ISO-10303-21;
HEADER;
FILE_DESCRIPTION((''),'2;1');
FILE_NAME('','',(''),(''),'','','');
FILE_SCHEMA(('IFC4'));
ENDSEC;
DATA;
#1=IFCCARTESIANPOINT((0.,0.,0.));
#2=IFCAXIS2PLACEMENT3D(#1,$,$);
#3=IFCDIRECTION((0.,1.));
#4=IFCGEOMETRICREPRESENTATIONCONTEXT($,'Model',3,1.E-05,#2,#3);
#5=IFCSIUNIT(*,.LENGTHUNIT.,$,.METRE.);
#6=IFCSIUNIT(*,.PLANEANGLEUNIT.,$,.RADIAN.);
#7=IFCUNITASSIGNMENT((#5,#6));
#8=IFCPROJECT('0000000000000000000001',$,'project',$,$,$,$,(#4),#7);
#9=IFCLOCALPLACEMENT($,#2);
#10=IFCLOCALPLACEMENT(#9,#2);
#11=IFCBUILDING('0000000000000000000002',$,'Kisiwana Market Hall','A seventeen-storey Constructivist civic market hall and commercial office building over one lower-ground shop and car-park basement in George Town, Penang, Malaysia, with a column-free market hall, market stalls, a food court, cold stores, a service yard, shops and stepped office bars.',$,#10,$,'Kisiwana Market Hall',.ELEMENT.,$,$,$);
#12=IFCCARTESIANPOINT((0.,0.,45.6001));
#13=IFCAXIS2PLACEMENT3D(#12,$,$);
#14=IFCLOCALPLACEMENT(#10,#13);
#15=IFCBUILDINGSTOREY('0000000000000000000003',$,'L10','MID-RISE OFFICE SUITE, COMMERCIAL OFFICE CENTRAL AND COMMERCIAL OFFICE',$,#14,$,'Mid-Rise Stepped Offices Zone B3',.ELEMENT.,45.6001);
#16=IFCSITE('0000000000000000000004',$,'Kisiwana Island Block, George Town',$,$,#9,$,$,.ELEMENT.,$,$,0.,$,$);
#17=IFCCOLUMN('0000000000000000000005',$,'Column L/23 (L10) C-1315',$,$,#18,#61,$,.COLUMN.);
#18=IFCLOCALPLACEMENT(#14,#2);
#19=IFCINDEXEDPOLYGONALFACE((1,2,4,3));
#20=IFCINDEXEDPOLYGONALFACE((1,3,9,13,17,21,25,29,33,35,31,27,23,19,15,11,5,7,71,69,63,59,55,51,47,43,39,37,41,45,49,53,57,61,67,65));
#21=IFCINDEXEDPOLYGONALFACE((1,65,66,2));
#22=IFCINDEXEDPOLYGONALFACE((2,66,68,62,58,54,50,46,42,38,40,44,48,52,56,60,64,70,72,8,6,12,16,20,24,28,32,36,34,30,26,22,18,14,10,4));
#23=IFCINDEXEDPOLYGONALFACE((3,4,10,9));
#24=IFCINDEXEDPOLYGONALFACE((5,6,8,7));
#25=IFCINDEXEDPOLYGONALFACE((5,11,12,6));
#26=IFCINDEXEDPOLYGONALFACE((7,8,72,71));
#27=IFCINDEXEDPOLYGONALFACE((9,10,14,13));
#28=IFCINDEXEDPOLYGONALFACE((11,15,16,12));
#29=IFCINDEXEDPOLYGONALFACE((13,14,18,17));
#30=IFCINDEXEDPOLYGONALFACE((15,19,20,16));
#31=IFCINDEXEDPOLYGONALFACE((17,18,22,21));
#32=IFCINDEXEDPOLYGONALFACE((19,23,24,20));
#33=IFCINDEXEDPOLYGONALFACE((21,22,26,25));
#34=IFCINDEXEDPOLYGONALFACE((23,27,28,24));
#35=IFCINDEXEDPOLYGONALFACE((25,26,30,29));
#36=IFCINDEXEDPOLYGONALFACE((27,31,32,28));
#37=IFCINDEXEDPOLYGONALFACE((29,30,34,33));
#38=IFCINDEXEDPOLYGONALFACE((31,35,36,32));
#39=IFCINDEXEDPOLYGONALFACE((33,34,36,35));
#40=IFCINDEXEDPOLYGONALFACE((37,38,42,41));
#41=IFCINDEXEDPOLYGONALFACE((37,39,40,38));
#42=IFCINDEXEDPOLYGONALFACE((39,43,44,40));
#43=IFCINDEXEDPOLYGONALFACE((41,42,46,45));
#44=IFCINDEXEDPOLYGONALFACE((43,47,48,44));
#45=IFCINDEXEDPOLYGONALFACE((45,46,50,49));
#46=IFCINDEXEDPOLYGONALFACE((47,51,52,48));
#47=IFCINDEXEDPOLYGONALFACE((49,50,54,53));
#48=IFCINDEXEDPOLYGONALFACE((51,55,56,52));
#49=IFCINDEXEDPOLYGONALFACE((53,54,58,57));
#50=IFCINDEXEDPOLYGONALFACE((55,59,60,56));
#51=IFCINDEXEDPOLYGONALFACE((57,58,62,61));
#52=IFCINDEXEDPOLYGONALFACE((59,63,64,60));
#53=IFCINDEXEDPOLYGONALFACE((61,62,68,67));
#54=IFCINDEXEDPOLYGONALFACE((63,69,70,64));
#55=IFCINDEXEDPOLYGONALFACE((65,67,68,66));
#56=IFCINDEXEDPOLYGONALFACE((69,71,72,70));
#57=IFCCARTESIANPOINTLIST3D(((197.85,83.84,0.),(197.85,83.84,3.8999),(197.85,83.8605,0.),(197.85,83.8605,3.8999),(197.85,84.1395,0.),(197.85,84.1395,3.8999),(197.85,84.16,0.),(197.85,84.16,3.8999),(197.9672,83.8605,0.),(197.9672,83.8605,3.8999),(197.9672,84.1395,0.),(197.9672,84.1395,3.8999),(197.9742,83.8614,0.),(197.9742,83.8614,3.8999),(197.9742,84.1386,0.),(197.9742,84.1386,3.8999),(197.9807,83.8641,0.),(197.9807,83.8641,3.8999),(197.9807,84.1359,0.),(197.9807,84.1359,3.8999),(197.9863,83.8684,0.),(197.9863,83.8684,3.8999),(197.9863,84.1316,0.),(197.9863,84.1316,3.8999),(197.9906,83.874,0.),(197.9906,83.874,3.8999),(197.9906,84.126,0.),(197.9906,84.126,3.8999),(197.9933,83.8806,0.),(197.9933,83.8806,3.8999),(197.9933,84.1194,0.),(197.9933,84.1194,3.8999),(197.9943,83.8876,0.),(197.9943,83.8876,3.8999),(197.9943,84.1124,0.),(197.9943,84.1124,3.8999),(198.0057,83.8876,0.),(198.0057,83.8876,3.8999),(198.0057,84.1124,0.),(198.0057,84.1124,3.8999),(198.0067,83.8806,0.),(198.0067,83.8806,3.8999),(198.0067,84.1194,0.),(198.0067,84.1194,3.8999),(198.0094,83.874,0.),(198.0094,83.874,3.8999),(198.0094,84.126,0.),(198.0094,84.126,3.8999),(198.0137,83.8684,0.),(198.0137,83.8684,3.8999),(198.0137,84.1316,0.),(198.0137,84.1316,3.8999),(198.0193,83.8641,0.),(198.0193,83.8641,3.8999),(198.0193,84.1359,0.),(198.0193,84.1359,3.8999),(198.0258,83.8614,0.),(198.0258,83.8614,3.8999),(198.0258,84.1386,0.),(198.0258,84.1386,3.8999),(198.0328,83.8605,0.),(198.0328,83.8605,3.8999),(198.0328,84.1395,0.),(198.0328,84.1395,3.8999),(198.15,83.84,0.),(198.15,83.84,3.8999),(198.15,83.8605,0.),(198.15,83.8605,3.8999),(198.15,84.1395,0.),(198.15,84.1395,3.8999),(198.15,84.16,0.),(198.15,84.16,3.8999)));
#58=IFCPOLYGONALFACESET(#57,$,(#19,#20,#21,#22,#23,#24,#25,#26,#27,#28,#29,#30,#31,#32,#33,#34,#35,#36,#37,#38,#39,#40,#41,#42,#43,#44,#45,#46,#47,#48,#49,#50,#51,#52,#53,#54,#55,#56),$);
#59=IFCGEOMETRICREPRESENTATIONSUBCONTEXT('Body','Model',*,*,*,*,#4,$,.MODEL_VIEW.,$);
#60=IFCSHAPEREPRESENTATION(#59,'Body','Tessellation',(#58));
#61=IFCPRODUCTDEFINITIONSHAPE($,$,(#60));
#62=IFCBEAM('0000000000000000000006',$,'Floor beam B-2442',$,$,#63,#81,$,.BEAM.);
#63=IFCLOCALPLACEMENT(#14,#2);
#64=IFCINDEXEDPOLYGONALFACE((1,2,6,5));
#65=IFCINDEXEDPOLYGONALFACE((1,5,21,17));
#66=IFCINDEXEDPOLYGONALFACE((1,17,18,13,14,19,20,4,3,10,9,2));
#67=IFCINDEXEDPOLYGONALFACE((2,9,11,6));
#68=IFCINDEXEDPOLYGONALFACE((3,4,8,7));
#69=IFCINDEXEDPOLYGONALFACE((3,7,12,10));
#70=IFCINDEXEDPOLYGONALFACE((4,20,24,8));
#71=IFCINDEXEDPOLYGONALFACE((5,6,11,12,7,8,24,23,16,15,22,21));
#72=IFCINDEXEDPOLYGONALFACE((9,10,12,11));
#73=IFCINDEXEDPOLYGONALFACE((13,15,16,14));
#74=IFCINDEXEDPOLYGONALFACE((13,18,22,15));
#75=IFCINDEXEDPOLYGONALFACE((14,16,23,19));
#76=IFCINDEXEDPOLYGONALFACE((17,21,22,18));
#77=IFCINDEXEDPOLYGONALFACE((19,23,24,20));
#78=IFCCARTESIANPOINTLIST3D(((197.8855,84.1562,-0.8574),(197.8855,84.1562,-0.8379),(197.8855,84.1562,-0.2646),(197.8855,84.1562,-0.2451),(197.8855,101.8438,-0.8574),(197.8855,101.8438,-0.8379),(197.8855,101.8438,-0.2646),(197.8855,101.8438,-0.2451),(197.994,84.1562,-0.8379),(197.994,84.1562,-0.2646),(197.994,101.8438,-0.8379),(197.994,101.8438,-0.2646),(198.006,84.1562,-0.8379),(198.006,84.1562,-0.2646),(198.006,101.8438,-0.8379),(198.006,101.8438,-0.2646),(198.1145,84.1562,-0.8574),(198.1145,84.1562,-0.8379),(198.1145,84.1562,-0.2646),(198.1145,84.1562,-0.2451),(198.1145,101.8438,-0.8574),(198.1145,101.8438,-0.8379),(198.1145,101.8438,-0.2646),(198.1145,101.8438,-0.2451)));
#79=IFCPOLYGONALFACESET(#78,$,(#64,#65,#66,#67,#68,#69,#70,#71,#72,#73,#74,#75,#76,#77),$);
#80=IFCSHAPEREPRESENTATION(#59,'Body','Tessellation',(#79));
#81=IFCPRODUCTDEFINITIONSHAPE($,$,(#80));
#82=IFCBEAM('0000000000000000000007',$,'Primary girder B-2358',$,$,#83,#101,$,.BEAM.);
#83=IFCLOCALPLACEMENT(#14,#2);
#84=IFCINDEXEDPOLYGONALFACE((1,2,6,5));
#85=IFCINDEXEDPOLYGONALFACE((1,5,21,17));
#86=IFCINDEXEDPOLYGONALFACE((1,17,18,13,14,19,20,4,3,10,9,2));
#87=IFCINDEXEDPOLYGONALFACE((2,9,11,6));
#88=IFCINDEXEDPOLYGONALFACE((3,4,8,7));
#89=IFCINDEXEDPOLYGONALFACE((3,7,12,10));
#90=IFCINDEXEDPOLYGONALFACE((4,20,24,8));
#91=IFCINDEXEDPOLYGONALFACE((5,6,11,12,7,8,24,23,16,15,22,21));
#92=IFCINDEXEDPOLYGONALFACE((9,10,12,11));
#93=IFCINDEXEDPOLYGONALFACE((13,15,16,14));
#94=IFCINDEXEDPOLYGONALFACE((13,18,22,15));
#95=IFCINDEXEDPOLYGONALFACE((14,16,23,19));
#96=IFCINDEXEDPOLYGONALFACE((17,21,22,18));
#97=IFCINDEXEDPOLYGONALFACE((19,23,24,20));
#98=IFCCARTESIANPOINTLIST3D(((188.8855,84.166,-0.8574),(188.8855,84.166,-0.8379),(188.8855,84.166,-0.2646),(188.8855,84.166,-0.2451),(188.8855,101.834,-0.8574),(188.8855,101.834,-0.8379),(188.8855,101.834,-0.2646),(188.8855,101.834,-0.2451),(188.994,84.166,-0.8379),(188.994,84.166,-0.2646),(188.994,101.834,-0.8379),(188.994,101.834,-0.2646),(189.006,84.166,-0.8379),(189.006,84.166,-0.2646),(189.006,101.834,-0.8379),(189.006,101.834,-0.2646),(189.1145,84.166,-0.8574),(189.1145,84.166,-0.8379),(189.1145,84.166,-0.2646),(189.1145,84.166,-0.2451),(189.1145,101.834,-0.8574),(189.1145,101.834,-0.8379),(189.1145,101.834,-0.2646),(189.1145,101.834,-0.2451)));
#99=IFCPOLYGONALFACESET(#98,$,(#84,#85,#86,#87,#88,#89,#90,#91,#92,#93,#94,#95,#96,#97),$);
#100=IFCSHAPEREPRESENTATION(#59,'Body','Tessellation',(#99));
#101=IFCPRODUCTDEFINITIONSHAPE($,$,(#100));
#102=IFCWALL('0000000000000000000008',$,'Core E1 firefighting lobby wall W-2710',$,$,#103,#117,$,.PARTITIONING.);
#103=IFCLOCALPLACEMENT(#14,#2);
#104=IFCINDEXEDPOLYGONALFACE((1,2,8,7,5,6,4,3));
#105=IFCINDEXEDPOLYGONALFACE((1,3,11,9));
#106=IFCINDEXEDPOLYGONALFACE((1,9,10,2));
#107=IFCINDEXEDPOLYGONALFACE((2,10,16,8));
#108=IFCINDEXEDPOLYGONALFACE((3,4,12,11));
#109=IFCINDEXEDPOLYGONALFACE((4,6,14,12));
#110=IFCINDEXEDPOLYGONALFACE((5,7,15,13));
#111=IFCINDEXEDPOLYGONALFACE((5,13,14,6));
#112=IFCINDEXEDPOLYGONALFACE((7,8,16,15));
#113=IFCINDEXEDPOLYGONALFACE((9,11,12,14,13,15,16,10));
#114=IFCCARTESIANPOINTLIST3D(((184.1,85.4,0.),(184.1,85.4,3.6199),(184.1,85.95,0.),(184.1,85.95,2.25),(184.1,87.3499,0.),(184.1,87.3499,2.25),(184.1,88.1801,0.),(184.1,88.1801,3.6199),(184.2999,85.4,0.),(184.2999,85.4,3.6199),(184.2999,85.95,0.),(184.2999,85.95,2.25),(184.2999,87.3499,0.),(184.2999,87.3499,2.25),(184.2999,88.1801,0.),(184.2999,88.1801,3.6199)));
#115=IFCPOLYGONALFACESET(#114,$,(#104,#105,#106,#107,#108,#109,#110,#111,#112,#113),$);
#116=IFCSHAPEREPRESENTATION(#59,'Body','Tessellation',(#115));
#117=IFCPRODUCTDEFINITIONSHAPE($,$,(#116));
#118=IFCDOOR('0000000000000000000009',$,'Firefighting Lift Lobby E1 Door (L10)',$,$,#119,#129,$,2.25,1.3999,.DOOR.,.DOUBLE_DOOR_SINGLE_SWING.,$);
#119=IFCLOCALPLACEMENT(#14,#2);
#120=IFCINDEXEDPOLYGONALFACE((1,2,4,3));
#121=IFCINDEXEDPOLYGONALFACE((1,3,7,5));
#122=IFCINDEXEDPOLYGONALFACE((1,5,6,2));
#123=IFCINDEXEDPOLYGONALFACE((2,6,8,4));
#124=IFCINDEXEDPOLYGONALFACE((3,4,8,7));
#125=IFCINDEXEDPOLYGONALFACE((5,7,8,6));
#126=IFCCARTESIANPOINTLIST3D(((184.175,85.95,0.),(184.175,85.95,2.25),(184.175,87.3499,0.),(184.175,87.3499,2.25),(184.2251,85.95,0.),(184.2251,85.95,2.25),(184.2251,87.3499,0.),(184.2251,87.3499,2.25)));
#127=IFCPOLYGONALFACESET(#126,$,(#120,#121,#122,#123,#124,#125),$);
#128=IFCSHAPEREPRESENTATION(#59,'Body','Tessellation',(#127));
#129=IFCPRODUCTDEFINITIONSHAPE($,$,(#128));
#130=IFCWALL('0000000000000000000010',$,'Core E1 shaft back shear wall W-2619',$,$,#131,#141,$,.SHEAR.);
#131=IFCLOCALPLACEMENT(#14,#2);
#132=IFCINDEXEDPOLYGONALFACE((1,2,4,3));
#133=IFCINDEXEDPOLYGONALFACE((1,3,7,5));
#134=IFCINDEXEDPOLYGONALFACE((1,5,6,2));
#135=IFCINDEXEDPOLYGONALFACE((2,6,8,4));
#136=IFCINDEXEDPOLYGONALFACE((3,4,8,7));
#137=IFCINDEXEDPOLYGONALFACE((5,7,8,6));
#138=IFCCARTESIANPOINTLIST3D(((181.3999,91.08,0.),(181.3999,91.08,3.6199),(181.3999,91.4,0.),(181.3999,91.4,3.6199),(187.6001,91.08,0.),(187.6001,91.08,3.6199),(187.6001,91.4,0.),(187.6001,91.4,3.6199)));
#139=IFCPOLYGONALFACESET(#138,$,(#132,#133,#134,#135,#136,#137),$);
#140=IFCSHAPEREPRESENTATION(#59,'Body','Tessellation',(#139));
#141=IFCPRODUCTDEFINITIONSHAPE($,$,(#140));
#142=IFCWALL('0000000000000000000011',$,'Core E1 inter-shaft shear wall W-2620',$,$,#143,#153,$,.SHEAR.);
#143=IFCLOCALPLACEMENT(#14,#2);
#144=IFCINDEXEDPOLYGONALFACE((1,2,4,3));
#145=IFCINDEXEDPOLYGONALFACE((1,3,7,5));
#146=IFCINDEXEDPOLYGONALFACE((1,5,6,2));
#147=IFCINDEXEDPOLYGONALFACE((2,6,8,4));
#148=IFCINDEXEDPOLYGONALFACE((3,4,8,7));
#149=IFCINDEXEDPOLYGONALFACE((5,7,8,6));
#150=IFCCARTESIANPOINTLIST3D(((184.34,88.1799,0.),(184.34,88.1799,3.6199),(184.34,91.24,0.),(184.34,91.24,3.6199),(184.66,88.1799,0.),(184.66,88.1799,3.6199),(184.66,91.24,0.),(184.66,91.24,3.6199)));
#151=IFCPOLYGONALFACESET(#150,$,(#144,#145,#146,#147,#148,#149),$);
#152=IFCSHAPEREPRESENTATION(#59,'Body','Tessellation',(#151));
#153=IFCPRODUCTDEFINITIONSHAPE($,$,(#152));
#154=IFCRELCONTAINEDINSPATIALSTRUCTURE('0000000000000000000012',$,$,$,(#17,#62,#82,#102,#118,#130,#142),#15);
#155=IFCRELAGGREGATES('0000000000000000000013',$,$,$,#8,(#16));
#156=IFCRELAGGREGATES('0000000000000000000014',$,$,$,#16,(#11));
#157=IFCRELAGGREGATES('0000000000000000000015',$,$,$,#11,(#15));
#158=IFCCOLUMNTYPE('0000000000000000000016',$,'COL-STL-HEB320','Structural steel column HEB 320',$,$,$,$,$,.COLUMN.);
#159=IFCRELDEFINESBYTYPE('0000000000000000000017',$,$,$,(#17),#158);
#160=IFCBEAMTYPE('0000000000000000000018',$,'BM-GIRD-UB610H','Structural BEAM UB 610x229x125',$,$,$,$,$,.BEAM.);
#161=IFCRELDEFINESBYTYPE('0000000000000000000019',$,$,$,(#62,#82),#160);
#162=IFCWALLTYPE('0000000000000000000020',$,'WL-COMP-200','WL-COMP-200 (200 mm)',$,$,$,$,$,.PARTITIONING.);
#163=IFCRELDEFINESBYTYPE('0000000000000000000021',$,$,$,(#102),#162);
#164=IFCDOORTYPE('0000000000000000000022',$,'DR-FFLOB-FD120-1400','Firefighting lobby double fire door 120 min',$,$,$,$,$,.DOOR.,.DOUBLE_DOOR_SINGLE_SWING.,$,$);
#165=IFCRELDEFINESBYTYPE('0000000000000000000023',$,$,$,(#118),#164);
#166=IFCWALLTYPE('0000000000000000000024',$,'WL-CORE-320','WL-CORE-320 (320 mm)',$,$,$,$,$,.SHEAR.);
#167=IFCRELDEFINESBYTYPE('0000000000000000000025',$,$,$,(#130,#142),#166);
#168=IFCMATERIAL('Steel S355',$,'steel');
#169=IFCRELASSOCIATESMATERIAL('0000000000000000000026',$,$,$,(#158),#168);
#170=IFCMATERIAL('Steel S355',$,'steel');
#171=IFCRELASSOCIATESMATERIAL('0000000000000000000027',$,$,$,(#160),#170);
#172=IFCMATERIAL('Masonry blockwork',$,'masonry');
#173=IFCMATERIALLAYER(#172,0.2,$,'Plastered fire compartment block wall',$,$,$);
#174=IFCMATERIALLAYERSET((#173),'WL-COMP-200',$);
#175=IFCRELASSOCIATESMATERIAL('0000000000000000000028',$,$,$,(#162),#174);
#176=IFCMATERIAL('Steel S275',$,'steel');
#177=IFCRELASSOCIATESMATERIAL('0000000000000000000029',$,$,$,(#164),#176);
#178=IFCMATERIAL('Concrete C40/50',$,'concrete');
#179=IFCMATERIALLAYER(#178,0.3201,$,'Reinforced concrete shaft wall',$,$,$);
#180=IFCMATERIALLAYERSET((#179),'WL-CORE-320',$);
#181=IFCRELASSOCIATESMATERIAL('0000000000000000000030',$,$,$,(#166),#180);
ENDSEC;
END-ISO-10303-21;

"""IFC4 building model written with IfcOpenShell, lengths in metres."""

from ifc_helpers import new_model, si_unit, direction, frame, frame_2d, origin, origin_2d, place, context, subcontext, project, spatial, rectangle, i_section, extrude, material, layer, layer_set, material_profile, profile_set, type_object, element, fill, save


model = new_model("IFC4")

# Units and contexts
model_context = context("Model", 3, precision=1e-05, world=origin(), true_north=direction((0.0, 1.0)))
body_context = subcontext(model_context, "Body", "Model", "MODEL_VIEW")
ifc_project = project(units=[si_unit("LENGTHUNIT", "METRE"), si_unit("PLANEANGLEUNIT", "RADIAN")], contexts=[model_context])

# Site, building, storey
site_placement = place(None, origin())
site = spatial("IfcSite", under=ifc_project, at=site_placement, Name="Kisiwana Island Block, George Town", CompositionType="ELEMENT", RefElevation=0.0)
building_placement = place(site_placement, origin())
building = spatial("IfcBuilding", under=site, at=building_placement, Name="Kisiwana Market Hall", Description="A seventeen-storey Constructivist civic market hall and commercial office building over one lower-ground shop and car-park basement in George Town, Penang, Malaysia, with a column-free market hall, market stalls, a food court, cold stores, a service yard, shops and stepped office bars.", LongName="Kisiwana Market Hall", CompositionType="ELEMENT")
storey_placement = place(building_placement, frame((0.0, 0.0, 45.6001)))
storey = spatial("IfcBuildingStorey", under=building, at=storey_placement, Name="L10", Description="MID-RISE OFFICE SUITE, COMMERCIAL OFFICE CENTRAL AND COMMERCIAL OFFICE", LongName="Mid-Rise Stepped Offices Zone B3", CompositionType="ELEMENT", Elevation=45.6001)

# Column
ifc_material_1 = material(Name="Steel S355", Category="steel")
ifc_material_profile_1 = material_profile(ifc_material_1, i_section(OverallWidth=0.3, OverallDepth=0.3201, WebThickness=0.0115, FlangeThickness=0.0205, FilletRadius=0.0271, at=origin_2d()), Name="HEB 320")
ifc_profile_set_1 = profile_set([ifc_material_profile_1], Name="Steel S355")
column_type = type_object("IfcColumnType", Name="COL-STL-HEB320", Description="Structural steel column HEB 320", PredefinedType="COLUMN", material=ifc_profile_set_1)
column_placement = place(storey_placement, frame((198.0, 84.0, 0.0), z_axis=(0.0, 0.0, 1.0), x_axis=(1.0, 0.0, 0.0)))
element("IfcColumn", 1, at=column_placement, inside=storey, type_object=column_type, Name="Column L/23 (L10) C-1315", PredefinedType="COLUMN", context=body_context, shape_type="SweptSolid", body=[
    extrude(i_section(OverallWidth=0.3, OverallDepth=0.3201, WebThickness=0.0115, FlangeThickness=0.0205, FilletRadius=0.0271, at=origin_2d()), origin(), (0.0, 0.0, 1.0), 3.8999),
])

# Beams
ifc_material_2 = material(Name="Steel S355", Category="steel")
ifc_material_profile_2 = material_profile(ifc_material_2, i_section(OverallWidth=0.229, OverallDepth=0.6123, WebThickness=0.012, FlangeThickness=0.0195, at=origin_2d()), Name="UB 610x229x125")
ifc_profile_set_2 = profile_set([ifc_material_profile_2], Name="Steel S355")
beam_type = type_object("IfcBeamType", Name="BM-GIRD-UB610H", Description="Structural BEAM UB 610x229x125", PredefinedType="BEAM", material=ifc_profile_set_2)
beam_1_placement = place(storey_placement, frame((198.0, 84.1562, -0.5513), z_axis=(0.0, 1.0, 0.0), x_axis=(-1.0, 0.0, 0.0)))
element("IfcBeam", 2, at=beam_1_placement, inside=storey, type_object=beam_type, Name="Floor beam B-2442", PredefinedType="BEAM", context=body_context, shape_type="SweptSolid", body=[
    extrude(i_section(OverallWidth=0.229, OverallDepth=0.6123, WebThickness=0.012, FlangeThickness=0.0195, at=origin_2d()), origin(), (0.0, 0.0, 1.0), 17.6875),
])
beam_2_placement = place(storey_placement, frame((189.0, 84.166, -0.5513), z_axis=(0.0, 1.0, 0.0), x_axis=(-1.0, 0.0, 0.0)))
element("IfcBeam", 3, at=beam_2_placement, inside=storey, type_object=beam_type, Name="Primary girder B-2358", PredefinedType="BEAM", context=body_context, shape_type="SweptSolid", body=[
    extrude(i_section(OverallWidth=0.229, OverallDepth=0.6123, WebThickness=0.012, FlangeThickness=0.0195, at=origin_2d()), origin(), (0.0, 0.0, 1.0), 17.668),
])

# Wall, opening, door
ifc_material_3 = material(Name="Masonry blockwork", Category="masonry")
ifc_layer_1 = layer(ifc_material_3, 0.2, Name="Plastered fire compartment block wall")
ifc_layer_set_1 = layer_set([ifc_layer_1], Name="WL-COMP-200")
wall_type_1 = type_object("IfcWallType", Name="WL-COMP-200", Description="WL-COMP-200 (200 mm)", PredefinedType="PARTITIONING", material=ifc_layer_set_1)
wall_1_placement = place(storey_placement, frame((184.2, 85.3999, 0.0), z_axis=(0.0, 0.0, 1.0), x_axis=(0.0, 1.0, 0.0)))
wall_1 = element("IfcWall", 4, at=wall_1_placement, inside=storey, type_object=wall_type_1, Name="Core E1 firefighting lobby wall W-2710", PredefinedType="PARTITIONING", context=body_context, shape_type="SweptSolid", body=[
    extrude(rectangle(XDim=2.78, YDim=0.2, at=frame_2d((1.3901, 0.0))), origin(), (0.0, 0.0, 1.0), 3.6199),
])
opening_1_placement = place(wall_1_placement, frame((0.55, 0.0, 0.0)))
opening_1 = element("IfcOpeningElement", 5, at=opening_1_placement, cuts=wall_1, PredefinedType="OPENING", context=body_context, shape_type="SweptSolid", body=[
    extrude(rectangle(XDim=1.3999, YDim=2.25, at=frame_2d((0.7, 1.125))), frame((0.0, 0.1118, 0.0), z_axis=(0.0, -1.0, 0.0), x_axis=(1.0, 0.0, 0.0)), (0.0, 0.0, 1.0), 0.2239),
])
ifc_material_4 = material(Name="Steel S275", Category="steel")
door_type_1 = type_object("IfcDoorType", Name="DR-FFLOB-FD120-1400", Description="Firefighting lobby double fire door 120 min", OperationType="DOUBLE_DOOR_SINGLE_SWING", PredefinedType="DOOR", material=ifc_material_4)
door_1_placement = place(opening_1_placement, origin())
door_1 = element("IfcDoor", 6, at=door_1_placement, inside=storey, type_object=door_type_1, Name="Firefighting Lift Lobby E1 Door (L10)", OperationType="DOUBLE_DOOR_SINGLE_SWING", OverallHeight=2.25, OverallWidth=1.3999, PredefinedType="DOOR", context=body_context, shape_type="SweptSolid", body=[
    extrude(rectangle(XDim=1.3999, YDim=2.25, at=frame_2d((0.7, 1.125))), frame((0.0, 0.0249, 0.0), z_axis=(0.0, -1.0, 0.0), x_axis=(1.0, 0.0, 0.0)), (0.0, 0.0, 1.0), 0.05),
])
fill(opening_1, door_1)

# Walls
ifc_material_5 = material(Name="Concrete C40/50", Category="concrete")
ifc_layer_2 = layer(ifc_material_5, 0.3201, Name="Reinforced concrete shaft wall")
ifc_layer_set_2 = layer_set([ifc_layer_2], Name="WL-CORE-320")
wall_type_2 = type_object("IfcWallType", Name="WL-CORE-320", Description="WL-CORE-320 (320 mm)", PredefinedType="SHEAR", material=ifc_layer_set_2)
wall_2_placement = place(storey_placement, frame((181.3999, 91.24, 0.0), z_axis=(0.0, 0.0, 1.0), x_axis=(1.0, 0.0, 0.0)))
element("IfcWall", 7, at=wall_2_placement, inside=storey, type_object=wall_type_2, Name="Core E1 shaft back shear wall W-2619", PredefinedType="SHEAR", context=body_context, shape_type="SweptSolid", body=[
    extrude(rectangle(XDim=6.2002, YDim=0.3201, at=frame_2d((3.1001, 0.0))), origin(), (0.0, 0.0, 1.0), 3.6199),
])
wall_3_placement = place(storey_placement, frame((184.5, 88.1799, 0.0), z_axis=(0.0, 0.0, 1.0), x_axis=(0.0, 1.0, 0.0)))
element("IfcWall", 8, at=wall_3_placement, inside=storey, type_object=wall_type_2, Name="Core E1 inter-shaft shear wall W-2620", PredefinedType="SHEAR", context=body_context, shape_type="SweptSolid", body=[
    extrude(rectangle(XDim=3.0601, YDim=0.3201, at=frame_2d((1.53, 0.0))), origin(), (0.0, 0.0, 1.0), 3.6199),
])

save(model, "model.ifc")
